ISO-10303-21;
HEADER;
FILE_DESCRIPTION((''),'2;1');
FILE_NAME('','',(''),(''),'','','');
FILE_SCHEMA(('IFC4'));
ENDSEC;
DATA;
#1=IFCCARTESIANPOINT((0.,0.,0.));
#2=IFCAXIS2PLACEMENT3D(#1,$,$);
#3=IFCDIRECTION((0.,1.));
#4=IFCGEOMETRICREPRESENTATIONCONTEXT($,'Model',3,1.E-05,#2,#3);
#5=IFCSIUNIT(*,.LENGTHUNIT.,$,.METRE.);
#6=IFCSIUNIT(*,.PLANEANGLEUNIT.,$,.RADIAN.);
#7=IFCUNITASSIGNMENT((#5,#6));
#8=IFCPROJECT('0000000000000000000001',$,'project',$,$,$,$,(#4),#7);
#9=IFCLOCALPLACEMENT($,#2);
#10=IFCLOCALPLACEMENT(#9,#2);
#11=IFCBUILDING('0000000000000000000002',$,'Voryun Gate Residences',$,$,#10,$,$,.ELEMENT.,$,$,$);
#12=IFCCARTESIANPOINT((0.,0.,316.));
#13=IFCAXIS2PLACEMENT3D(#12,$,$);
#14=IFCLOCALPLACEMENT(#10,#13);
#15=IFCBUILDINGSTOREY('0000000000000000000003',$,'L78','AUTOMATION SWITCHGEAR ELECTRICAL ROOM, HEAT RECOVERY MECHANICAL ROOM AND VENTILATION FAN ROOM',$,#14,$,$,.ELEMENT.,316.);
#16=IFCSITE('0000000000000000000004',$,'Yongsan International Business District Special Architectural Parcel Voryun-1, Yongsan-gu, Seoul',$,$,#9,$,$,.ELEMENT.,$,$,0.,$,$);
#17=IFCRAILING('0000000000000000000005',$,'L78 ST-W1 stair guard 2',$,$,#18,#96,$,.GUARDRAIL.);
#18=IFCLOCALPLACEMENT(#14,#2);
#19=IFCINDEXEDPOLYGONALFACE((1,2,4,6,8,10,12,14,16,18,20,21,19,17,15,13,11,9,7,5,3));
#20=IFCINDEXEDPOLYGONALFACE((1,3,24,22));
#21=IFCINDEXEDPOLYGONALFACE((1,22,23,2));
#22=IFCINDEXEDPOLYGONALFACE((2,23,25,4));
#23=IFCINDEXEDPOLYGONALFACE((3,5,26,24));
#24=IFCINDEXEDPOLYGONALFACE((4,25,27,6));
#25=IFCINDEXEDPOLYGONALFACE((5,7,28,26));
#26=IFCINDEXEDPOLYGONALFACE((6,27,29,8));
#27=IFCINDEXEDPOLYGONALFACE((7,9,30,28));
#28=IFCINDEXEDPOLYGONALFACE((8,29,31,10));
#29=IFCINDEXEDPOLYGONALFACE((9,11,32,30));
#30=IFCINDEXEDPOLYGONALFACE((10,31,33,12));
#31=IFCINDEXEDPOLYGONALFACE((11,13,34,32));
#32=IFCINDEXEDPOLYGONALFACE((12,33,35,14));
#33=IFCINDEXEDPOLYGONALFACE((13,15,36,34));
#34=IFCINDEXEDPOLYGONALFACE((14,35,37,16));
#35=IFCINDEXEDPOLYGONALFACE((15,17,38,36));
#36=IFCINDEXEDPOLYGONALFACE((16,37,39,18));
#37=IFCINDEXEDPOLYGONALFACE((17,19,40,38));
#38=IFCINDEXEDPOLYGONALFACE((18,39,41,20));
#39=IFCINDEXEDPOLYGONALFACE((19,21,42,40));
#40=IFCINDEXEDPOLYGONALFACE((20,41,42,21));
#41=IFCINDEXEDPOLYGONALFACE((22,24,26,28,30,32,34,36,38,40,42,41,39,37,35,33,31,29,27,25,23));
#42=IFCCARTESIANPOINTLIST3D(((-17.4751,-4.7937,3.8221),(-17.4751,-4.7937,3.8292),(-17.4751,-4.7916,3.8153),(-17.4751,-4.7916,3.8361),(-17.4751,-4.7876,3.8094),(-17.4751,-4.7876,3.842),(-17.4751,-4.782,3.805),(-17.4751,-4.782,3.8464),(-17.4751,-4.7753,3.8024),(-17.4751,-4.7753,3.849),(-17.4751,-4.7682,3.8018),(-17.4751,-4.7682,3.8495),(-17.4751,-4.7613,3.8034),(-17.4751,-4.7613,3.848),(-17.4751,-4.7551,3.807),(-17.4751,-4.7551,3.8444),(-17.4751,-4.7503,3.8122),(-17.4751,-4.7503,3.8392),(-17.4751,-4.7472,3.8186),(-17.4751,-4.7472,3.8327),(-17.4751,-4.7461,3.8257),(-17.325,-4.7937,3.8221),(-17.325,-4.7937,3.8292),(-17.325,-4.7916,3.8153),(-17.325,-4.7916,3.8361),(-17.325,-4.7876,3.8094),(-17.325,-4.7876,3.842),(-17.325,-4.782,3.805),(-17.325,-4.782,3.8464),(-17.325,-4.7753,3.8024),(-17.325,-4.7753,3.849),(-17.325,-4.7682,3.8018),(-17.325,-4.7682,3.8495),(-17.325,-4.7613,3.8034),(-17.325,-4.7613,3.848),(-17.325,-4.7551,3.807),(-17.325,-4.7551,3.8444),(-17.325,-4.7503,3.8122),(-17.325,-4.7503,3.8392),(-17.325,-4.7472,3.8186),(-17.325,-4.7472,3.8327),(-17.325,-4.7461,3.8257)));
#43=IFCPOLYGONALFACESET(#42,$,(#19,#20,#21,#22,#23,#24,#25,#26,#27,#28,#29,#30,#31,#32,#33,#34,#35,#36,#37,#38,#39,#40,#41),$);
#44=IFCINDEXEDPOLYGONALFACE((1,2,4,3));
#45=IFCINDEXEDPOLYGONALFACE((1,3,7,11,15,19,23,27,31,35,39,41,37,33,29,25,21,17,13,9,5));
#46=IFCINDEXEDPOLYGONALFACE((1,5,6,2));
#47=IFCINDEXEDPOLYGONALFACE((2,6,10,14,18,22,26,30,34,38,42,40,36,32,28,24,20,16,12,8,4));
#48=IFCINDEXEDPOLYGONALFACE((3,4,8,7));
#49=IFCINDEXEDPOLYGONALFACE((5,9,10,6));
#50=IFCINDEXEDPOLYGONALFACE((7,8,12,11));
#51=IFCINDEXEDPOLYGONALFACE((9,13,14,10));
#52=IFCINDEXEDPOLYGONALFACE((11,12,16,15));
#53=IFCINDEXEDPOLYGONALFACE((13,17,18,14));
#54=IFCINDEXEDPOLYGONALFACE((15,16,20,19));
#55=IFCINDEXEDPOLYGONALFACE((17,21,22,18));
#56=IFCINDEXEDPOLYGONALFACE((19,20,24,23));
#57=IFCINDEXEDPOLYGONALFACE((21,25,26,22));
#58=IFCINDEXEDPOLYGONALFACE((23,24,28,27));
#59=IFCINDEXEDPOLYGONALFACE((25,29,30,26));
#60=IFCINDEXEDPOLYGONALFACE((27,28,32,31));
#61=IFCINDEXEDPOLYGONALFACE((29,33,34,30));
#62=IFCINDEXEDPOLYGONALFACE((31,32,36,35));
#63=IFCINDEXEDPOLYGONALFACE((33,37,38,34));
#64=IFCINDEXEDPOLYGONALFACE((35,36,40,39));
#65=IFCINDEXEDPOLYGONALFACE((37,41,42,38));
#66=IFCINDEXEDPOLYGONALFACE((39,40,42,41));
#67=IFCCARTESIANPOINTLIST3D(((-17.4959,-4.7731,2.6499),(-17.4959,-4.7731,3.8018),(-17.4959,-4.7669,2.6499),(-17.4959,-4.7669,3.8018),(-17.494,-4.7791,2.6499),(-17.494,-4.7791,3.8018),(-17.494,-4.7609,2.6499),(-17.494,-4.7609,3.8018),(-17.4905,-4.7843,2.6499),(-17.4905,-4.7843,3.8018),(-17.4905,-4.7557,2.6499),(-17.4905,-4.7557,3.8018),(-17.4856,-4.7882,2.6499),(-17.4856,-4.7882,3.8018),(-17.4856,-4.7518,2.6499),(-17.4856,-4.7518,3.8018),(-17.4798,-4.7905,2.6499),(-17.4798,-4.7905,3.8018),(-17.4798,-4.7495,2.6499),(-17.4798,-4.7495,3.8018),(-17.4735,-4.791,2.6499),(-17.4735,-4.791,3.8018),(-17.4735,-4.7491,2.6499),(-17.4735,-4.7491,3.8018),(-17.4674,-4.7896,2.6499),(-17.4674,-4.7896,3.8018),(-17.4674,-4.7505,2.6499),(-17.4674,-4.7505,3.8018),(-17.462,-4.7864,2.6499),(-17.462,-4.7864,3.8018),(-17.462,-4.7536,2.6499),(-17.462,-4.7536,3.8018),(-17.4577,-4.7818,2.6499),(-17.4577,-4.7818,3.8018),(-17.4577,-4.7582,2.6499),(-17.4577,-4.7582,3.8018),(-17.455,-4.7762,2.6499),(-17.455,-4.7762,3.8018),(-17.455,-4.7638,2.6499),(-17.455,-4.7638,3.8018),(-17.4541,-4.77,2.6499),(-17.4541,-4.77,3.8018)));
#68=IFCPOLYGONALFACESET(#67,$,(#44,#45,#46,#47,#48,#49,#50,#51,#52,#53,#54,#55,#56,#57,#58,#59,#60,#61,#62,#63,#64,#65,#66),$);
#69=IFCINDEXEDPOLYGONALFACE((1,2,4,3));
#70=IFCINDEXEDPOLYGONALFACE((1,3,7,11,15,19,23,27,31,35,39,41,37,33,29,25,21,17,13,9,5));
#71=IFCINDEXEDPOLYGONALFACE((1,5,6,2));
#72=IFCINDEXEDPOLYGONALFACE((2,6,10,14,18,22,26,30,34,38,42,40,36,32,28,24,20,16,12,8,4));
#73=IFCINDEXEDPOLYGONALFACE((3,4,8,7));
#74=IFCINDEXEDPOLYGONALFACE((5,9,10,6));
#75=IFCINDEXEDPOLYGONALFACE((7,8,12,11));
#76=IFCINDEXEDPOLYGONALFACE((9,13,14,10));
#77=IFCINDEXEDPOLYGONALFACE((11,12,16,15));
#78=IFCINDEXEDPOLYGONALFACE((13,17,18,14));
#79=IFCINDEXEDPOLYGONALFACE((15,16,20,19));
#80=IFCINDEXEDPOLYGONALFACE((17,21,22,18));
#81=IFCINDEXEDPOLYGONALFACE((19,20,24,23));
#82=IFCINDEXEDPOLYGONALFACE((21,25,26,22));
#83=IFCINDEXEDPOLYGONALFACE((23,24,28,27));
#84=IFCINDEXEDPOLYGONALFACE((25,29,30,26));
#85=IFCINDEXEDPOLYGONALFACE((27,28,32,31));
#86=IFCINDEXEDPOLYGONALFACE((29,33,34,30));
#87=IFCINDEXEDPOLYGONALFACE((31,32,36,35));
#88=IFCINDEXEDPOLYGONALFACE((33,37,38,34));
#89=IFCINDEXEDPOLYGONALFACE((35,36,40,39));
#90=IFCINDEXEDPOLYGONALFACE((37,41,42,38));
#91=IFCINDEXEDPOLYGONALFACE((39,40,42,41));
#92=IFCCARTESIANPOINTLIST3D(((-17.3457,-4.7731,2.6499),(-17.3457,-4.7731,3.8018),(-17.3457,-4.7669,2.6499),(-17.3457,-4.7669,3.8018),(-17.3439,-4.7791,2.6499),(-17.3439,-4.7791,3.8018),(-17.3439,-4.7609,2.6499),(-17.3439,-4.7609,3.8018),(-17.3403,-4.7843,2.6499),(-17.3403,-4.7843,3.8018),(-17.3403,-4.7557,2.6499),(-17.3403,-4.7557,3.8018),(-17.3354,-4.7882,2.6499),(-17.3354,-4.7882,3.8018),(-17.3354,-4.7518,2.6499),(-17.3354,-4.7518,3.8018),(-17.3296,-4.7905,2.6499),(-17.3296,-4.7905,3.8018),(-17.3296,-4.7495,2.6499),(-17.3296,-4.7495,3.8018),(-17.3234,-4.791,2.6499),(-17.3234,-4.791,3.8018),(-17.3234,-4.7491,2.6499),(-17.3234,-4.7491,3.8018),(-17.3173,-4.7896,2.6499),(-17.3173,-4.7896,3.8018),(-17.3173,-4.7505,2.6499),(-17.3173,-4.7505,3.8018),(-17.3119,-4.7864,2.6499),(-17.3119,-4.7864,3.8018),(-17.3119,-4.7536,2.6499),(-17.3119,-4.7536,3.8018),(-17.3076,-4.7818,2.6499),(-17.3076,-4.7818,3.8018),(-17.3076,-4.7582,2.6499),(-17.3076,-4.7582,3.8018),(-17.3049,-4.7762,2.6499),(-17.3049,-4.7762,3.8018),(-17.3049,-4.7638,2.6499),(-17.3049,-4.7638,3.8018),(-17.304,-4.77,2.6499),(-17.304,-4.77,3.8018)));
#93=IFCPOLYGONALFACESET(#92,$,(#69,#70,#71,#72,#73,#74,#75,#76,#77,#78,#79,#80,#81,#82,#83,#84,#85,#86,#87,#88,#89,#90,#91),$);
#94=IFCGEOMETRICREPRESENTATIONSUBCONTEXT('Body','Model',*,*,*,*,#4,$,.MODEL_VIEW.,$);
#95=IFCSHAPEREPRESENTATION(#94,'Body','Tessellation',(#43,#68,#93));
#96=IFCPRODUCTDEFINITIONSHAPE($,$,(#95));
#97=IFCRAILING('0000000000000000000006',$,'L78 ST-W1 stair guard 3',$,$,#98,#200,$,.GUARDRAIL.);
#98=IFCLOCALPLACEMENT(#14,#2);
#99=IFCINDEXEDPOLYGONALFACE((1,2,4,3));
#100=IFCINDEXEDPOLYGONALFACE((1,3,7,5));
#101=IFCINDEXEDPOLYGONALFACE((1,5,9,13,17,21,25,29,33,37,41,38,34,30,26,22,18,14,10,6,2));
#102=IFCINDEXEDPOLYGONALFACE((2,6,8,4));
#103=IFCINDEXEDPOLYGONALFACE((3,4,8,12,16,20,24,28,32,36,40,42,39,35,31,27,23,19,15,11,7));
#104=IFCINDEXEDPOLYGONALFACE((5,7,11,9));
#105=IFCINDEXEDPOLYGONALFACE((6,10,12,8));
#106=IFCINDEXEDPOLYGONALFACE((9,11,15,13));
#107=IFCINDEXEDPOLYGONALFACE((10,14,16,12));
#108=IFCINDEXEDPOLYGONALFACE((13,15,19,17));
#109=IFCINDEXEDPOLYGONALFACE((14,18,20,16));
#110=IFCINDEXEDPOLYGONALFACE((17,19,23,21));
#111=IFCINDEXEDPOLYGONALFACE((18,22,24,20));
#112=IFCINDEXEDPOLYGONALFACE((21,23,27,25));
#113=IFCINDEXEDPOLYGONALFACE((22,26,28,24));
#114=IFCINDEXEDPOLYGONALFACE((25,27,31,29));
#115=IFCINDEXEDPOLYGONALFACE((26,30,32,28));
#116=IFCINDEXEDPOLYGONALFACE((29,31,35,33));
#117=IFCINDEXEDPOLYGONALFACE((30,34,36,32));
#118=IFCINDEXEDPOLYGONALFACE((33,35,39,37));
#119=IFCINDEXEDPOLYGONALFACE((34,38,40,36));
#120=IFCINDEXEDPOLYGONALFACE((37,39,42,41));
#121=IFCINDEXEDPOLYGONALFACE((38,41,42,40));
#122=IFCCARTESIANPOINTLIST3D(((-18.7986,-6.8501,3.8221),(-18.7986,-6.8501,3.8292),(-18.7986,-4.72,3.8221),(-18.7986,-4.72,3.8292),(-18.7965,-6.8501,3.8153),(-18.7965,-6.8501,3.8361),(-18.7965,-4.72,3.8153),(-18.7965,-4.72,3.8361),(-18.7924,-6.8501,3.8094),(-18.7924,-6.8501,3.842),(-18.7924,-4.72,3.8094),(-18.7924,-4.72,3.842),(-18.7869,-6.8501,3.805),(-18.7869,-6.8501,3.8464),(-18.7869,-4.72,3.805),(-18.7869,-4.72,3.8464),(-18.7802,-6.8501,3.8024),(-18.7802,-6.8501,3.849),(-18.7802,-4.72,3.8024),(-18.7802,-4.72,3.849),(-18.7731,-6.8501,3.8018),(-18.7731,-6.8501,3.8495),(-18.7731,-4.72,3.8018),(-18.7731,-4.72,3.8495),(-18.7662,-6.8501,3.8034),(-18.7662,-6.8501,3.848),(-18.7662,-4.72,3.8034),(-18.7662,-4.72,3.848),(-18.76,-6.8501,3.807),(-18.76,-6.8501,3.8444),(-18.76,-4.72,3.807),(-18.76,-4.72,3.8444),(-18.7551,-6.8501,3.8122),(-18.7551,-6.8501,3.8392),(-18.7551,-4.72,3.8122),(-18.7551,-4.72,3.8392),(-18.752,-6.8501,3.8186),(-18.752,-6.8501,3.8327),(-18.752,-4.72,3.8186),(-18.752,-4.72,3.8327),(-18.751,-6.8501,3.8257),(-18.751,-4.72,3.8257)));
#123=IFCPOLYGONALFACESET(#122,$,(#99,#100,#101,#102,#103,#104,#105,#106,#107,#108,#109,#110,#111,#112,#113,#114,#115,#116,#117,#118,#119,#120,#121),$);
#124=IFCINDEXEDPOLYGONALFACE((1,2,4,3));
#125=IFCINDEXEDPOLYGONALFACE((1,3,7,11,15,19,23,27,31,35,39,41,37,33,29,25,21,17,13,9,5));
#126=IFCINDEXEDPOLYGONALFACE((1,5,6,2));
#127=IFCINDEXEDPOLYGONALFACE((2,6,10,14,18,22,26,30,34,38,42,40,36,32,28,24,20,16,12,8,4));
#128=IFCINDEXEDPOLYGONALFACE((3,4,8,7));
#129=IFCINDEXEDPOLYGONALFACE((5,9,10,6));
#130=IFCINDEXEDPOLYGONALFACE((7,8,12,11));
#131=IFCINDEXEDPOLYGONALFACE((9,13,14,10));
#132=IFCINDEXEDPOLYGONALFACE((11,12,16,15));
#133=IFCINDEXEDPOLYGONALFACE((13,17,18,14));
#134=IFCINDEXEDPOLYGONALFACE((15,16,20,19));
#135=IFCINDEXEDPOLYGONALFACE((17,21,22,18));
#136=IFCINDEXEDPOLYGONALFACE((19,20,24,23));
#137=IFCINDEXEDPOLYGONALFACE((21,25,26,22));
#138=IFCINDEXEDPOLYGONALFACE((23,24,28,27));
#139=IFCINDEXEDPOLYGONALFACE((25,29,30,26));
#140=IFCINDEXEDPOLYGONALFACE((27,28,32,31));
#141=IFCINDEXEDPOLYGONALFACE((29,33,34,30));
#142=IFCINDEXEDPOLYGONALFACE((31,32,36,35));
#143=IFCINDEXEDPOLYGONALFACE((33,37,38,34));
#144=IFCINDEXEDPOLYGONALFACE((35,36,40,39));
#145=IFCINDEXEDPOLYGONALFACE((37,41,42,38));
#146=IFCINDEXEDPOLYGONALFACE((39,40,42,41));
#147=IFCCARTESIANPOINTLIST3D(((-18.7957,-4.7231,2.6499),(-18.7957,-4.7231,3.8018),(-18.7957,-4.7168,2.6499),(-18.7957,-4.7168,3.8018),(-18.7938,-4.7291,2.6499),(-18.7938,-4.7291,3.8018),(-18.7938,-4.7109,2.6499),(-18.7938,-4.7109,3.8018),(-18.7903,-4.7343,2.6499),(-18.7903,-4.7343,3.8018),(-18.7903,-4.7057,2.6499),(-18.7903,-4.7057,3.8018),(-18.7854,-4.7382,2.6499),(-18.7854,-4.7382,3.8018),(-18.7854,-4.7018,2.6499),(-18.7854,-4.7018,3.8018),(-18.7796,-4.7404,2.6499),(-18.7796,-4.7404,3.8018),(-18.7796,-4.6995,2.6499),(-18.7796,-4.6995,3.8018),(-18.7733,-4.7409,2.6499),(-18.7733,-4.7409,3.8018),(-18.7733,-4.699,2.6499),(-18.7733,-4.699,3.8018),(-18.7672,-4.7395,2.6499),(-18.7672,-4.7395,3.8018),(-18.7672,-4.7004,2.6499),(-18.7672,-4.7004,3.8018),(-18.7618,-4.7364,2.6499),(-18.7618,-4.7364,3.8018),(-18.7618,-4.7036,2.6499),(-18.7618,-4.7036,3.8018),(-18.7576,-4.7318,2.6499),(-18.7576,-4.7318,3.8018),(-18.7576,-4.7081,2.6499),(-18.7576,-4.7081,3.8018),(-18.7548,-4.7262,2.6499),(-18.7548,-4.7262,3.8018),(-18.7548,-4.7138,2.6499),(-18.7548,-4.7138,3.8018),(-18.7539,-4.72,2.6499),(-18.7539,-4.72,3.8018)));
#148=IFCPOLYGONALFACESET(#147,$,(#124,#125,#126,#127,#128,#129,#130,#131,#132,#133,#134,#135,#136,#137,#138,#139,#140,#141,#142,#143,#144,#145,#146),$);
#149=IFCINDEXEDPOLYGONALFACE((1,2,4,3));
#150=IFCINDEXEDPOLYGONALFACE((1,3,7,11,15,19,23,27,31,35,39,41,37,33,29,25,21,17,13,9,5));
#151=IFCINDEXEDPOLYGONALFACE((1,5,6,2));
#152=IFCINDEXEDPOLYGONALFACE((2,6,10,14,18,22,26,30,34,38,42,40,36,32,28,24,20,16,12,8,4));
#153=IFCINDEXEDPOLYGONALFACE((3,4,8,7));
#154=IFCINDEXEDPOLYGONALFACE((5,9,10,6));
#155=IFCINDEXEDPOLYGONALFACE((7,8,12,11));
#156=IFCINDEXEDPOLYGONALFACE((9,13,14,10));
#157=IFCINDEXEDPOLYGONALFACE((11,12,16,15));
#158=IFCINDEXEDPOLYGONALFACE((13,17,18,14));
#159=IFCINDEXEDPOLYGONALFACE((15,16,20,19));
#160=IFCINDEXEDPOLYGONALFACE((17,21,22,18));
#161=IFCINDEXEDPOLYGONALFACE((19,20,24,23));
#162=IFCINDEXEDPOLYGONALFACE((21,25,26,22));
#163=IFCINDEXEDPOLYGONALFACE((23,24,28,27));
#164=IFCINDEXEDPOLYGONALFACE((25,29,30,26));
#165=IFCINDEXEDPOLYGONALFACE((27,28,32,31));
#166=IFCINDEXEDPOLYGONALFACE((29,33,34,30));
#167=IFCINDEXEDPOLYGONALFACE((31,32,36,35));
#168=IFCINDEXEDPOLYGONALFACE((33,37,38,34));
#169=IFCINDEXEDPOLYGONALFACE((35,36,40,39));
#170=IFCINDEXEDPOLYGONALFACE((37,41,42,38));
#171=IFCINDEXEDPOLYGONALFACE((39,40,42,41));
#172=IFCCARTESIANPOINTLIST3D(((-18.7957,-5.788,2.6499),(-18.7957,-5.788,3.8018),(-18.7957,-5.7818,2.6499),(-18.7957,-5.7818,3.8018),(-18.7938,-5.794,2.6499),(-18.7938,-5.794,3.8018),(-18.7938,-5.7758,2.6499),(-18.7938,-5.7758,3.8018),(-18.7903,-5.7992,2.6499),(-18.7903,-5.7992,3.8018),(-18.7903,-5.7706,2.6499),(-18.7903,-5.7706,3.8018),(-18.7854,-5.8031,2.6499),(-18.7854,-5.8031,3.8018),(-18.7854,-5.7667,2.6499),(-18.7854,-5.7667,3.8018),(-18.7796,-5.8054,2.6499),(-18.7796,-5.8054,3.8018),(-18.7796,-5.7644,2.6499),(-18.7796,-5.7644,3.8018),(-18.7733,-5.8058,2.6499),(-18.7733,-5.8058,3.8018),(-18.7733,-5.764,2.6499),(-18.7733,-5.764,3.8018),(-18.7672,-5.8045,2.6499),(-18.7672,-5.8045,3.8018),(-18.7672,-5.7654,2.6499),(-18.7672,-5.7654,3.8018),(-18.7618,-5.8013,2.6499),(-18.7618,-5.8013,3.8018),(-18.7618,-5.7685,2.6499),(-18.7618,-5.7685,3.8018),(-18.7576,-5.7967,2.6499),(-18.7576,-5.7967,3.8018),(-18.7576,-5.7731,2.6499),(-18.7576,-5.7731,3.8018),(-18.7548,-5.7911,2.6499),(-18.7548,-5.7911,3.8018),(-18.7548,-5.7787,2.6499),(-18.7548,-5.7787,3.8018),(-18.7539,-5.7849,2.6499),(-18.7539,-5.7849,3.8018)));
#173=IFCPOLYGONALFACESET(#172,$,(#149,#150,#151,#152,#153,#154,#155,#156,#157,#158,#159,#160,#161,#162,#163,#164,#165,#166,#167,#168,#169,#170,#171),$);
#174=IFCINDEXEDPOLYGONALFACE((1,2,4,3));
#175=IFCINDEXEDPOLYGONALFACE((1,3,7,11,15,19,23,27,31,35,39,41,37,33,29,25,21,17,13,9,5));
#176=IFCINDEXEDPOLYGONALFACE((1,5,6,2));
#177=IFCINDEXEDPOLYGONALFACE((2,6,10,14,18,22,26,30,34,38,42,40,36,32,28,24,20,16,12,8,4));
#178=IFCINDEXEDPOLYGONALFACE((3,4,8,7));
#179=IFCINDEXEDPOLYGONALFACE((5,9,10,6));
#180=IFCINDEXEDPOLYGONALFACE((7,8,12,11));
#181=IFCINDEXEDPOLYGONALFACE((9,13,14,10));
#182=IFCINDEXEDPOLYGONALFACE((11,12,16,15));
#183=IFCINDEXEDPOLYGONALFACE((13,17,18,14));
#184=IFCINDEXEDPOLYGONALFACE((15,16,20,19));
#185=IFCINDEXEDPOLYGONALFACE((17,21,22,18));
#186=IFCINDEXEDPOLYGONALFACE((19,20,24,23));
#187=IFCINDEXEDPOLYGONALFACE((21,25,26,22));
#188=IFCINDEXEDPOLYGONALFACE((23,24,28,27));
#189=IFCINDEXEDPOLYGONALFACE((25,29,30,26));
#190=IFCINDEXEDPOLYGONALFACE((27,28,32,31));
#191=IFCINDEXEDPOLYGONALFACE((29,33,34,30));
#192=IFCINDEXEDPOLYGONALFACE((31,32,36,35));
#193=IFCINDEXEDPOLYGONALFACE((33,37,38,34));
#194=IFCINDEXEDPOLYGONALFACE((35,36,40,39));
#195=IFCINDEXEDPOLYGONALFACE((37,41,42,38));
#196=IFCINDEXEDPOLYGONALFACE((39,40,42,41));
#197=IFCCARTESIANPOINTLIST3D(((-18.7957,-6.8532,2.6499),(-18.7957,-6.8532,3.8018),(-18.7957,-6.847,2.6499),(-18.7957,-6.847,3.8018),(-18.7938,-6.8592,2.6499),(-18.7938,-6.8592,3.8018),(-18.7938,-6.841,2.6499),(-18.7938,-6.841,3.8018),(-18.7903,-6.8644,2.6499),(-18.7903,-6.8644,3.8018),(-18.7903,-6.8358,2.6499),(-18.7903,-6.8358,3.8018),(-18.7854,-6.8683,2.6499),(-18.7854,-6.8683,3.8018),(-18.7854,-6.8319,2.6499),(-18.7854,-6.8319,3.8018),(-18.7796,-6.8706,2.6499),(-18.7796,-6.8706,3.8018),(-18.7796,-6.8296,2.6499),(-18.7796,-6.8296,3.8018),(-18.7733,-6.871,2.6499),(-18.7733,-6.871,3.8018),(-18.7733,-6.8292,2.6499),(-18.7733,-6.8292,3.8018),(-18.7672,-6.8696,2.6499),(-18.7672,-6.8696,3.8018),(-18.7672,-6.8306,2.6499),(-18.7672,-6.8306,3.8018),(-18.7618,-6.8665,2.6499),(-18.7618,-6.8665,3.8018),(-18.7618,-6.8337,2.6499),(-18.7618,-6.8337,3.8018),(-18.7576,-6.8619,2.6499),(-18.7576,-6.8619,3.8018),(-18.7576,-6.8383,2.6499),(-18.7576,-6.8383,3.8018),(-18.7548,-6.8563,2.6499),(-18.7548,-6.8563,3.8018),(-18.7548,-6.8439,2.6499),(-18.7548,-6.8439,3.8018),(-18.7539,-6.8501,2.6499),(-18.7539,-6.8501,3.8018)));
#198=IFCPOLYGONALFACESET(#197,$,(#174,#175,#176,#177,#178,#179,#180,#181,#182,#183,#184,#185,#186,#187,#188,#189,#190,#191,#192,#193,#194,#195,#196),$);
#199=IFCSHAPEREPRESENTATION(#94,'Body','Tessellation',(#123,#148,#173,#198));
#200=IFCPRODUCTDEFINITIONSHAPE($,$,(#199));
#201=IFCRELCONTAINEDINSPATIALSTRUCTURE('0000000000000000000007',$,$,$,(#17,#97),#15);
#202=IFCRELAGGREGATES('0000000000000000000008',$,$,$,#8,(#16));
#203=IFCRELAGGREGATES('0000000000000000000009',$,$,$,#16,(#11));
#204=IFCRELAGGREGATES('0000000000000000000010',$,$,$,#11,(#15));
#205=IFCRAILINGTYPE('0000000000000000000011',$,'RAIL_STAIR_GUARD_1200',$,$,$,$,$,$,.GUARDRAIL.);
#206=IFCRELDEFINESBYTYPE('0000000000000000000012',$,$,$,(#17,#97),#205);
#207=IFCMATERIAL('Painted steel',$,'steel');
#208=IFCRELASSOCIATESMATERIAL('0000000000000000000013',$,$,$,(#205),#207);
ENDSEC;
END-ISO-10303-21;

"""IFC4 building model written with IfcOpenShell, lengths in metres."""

from ifc_helpers import new_model, si_unit, direction, frame, origin, origin_2d, place, context, subcontext, project, spatial, circle, extrude, material, type_object, element, save


model = new_model("IFC4")

# Units and contexts
model_context = context("Model", 3, precision=1e-05, world=origin(), true_north=direction((0.0, 1.0)))
body_context = subcontext(model_context, "Body", "Model", "MODEL_VIEW")
ifc_project = project(units=[si_unit("LENGTHUNIT", "METRE"), si_unit("PLANEANGLEUNIT", "RADIAN")], contexts=[model_context])

# Site, building, storey
site_placement = place(None, origin())
site = spatial("IfcSite", under=ifc_project, at=site_placement, Name="Yongsan International Business District Special Architectural Parcel Voryun-1, Yongsan-gu, Seoul", CompositionType="ELEMENT", RefElevation=0.0)
building_placement = place(site_placement, origin())
building = spatial("IfcBuilding", under=site, at=building_placement, Name="Voryun Gate Residences", CompositionType="ELEMENT")
storey_placement = place(building_placement, frame((0.0, 0.0, 316.0)))
storey = spatial("IfcBuildingStorey", under=building, at=storey_placement, Name="L78", Description="AUTOMATION SWITCHGEAR ELECTRICAL ROOM, HEAT RECOVERY MECHANICAL ROOM AND VENTILATION FAN ROOM", CompositionType="ELEMENT", Elevation=316.0)

# Railings
ifc_material_1 = material(Name="Painted steel", Category="steel")
railing_type_1 = type_object("IfcRailingType", Name="RAIL_STAIR_GUARD_1200", PredefinedType="GUARDRAIL", material=ifc_material_1)
railing_1_placement = place(storey_placement, frame((-17.4751, -4.77, 2.6499)))
element("IfcRailing", 1, at=railing_1_placement, inside=storey, type_object=railing_type_1, Name="L78 ST-W1 stair guard 2", PredefinedType="GUARDRAIL", context=body_context, shape_type="SweptSolid", body=[
    extrude(circle(Radius=0.0239, at=origin_2d()), frame((0.0, 0.0, 1.1758), z_axis=(1.0, 0.0, 0.0), x_axis=(0.0, 1.0, 0.0)), (0.0, 0.0, 1.0), 0.1501),
    extrude(circle(Radius=0.021, at=origin_2d()), origin(), (0.0, 0.0, 1.0), 1.1519),
    extrude(circle(Radius=0.021, at=origin_2d()), frame((0.1501, 0.0, 0.0)), (0.0, 0.0, 1.0), 1.1519),
])
for number, where, name in (
    (2, (-18.7749, -4.72, 2.6499), "L78 ST-W1 stair guard 3"),
):
    element("IfcRailing", number, at=place(storey_placement, frame(where)), inside=storey, type_object=railing_type_1, Name=name, PredefinedType="GUARDRAIL", context=body_context, shape_type="SweptSolid", body=[
        extrude(circle(Radius=0.0239, at=origin_2d()), frame((0.0, 0.0, 1.1758), z_axis=(0.0, -1.0, 0.0), x_axis=(1.0, 0.0, 0.0)), (0.0, 0.0, 1.0), 2.1301),
        extrude(circle(Radius=0.021, at=origin_2d()), origin(), (0.0, 0.0, 1.0), 1.1519),
        extrude(circle(Radius=0.021, at=origin_2d()), frame((0.0, -1.0649, 0.0)), (0.0, 0.0, 1.0), 1.1519),
        extrude(circle(Radius=0.021, at=origin_2d()), frame((0.0, -2.1301, 0.0)), (0.0, 0.0, 1.0), 1.1519),
    ])

save(model, "model.ifc")
